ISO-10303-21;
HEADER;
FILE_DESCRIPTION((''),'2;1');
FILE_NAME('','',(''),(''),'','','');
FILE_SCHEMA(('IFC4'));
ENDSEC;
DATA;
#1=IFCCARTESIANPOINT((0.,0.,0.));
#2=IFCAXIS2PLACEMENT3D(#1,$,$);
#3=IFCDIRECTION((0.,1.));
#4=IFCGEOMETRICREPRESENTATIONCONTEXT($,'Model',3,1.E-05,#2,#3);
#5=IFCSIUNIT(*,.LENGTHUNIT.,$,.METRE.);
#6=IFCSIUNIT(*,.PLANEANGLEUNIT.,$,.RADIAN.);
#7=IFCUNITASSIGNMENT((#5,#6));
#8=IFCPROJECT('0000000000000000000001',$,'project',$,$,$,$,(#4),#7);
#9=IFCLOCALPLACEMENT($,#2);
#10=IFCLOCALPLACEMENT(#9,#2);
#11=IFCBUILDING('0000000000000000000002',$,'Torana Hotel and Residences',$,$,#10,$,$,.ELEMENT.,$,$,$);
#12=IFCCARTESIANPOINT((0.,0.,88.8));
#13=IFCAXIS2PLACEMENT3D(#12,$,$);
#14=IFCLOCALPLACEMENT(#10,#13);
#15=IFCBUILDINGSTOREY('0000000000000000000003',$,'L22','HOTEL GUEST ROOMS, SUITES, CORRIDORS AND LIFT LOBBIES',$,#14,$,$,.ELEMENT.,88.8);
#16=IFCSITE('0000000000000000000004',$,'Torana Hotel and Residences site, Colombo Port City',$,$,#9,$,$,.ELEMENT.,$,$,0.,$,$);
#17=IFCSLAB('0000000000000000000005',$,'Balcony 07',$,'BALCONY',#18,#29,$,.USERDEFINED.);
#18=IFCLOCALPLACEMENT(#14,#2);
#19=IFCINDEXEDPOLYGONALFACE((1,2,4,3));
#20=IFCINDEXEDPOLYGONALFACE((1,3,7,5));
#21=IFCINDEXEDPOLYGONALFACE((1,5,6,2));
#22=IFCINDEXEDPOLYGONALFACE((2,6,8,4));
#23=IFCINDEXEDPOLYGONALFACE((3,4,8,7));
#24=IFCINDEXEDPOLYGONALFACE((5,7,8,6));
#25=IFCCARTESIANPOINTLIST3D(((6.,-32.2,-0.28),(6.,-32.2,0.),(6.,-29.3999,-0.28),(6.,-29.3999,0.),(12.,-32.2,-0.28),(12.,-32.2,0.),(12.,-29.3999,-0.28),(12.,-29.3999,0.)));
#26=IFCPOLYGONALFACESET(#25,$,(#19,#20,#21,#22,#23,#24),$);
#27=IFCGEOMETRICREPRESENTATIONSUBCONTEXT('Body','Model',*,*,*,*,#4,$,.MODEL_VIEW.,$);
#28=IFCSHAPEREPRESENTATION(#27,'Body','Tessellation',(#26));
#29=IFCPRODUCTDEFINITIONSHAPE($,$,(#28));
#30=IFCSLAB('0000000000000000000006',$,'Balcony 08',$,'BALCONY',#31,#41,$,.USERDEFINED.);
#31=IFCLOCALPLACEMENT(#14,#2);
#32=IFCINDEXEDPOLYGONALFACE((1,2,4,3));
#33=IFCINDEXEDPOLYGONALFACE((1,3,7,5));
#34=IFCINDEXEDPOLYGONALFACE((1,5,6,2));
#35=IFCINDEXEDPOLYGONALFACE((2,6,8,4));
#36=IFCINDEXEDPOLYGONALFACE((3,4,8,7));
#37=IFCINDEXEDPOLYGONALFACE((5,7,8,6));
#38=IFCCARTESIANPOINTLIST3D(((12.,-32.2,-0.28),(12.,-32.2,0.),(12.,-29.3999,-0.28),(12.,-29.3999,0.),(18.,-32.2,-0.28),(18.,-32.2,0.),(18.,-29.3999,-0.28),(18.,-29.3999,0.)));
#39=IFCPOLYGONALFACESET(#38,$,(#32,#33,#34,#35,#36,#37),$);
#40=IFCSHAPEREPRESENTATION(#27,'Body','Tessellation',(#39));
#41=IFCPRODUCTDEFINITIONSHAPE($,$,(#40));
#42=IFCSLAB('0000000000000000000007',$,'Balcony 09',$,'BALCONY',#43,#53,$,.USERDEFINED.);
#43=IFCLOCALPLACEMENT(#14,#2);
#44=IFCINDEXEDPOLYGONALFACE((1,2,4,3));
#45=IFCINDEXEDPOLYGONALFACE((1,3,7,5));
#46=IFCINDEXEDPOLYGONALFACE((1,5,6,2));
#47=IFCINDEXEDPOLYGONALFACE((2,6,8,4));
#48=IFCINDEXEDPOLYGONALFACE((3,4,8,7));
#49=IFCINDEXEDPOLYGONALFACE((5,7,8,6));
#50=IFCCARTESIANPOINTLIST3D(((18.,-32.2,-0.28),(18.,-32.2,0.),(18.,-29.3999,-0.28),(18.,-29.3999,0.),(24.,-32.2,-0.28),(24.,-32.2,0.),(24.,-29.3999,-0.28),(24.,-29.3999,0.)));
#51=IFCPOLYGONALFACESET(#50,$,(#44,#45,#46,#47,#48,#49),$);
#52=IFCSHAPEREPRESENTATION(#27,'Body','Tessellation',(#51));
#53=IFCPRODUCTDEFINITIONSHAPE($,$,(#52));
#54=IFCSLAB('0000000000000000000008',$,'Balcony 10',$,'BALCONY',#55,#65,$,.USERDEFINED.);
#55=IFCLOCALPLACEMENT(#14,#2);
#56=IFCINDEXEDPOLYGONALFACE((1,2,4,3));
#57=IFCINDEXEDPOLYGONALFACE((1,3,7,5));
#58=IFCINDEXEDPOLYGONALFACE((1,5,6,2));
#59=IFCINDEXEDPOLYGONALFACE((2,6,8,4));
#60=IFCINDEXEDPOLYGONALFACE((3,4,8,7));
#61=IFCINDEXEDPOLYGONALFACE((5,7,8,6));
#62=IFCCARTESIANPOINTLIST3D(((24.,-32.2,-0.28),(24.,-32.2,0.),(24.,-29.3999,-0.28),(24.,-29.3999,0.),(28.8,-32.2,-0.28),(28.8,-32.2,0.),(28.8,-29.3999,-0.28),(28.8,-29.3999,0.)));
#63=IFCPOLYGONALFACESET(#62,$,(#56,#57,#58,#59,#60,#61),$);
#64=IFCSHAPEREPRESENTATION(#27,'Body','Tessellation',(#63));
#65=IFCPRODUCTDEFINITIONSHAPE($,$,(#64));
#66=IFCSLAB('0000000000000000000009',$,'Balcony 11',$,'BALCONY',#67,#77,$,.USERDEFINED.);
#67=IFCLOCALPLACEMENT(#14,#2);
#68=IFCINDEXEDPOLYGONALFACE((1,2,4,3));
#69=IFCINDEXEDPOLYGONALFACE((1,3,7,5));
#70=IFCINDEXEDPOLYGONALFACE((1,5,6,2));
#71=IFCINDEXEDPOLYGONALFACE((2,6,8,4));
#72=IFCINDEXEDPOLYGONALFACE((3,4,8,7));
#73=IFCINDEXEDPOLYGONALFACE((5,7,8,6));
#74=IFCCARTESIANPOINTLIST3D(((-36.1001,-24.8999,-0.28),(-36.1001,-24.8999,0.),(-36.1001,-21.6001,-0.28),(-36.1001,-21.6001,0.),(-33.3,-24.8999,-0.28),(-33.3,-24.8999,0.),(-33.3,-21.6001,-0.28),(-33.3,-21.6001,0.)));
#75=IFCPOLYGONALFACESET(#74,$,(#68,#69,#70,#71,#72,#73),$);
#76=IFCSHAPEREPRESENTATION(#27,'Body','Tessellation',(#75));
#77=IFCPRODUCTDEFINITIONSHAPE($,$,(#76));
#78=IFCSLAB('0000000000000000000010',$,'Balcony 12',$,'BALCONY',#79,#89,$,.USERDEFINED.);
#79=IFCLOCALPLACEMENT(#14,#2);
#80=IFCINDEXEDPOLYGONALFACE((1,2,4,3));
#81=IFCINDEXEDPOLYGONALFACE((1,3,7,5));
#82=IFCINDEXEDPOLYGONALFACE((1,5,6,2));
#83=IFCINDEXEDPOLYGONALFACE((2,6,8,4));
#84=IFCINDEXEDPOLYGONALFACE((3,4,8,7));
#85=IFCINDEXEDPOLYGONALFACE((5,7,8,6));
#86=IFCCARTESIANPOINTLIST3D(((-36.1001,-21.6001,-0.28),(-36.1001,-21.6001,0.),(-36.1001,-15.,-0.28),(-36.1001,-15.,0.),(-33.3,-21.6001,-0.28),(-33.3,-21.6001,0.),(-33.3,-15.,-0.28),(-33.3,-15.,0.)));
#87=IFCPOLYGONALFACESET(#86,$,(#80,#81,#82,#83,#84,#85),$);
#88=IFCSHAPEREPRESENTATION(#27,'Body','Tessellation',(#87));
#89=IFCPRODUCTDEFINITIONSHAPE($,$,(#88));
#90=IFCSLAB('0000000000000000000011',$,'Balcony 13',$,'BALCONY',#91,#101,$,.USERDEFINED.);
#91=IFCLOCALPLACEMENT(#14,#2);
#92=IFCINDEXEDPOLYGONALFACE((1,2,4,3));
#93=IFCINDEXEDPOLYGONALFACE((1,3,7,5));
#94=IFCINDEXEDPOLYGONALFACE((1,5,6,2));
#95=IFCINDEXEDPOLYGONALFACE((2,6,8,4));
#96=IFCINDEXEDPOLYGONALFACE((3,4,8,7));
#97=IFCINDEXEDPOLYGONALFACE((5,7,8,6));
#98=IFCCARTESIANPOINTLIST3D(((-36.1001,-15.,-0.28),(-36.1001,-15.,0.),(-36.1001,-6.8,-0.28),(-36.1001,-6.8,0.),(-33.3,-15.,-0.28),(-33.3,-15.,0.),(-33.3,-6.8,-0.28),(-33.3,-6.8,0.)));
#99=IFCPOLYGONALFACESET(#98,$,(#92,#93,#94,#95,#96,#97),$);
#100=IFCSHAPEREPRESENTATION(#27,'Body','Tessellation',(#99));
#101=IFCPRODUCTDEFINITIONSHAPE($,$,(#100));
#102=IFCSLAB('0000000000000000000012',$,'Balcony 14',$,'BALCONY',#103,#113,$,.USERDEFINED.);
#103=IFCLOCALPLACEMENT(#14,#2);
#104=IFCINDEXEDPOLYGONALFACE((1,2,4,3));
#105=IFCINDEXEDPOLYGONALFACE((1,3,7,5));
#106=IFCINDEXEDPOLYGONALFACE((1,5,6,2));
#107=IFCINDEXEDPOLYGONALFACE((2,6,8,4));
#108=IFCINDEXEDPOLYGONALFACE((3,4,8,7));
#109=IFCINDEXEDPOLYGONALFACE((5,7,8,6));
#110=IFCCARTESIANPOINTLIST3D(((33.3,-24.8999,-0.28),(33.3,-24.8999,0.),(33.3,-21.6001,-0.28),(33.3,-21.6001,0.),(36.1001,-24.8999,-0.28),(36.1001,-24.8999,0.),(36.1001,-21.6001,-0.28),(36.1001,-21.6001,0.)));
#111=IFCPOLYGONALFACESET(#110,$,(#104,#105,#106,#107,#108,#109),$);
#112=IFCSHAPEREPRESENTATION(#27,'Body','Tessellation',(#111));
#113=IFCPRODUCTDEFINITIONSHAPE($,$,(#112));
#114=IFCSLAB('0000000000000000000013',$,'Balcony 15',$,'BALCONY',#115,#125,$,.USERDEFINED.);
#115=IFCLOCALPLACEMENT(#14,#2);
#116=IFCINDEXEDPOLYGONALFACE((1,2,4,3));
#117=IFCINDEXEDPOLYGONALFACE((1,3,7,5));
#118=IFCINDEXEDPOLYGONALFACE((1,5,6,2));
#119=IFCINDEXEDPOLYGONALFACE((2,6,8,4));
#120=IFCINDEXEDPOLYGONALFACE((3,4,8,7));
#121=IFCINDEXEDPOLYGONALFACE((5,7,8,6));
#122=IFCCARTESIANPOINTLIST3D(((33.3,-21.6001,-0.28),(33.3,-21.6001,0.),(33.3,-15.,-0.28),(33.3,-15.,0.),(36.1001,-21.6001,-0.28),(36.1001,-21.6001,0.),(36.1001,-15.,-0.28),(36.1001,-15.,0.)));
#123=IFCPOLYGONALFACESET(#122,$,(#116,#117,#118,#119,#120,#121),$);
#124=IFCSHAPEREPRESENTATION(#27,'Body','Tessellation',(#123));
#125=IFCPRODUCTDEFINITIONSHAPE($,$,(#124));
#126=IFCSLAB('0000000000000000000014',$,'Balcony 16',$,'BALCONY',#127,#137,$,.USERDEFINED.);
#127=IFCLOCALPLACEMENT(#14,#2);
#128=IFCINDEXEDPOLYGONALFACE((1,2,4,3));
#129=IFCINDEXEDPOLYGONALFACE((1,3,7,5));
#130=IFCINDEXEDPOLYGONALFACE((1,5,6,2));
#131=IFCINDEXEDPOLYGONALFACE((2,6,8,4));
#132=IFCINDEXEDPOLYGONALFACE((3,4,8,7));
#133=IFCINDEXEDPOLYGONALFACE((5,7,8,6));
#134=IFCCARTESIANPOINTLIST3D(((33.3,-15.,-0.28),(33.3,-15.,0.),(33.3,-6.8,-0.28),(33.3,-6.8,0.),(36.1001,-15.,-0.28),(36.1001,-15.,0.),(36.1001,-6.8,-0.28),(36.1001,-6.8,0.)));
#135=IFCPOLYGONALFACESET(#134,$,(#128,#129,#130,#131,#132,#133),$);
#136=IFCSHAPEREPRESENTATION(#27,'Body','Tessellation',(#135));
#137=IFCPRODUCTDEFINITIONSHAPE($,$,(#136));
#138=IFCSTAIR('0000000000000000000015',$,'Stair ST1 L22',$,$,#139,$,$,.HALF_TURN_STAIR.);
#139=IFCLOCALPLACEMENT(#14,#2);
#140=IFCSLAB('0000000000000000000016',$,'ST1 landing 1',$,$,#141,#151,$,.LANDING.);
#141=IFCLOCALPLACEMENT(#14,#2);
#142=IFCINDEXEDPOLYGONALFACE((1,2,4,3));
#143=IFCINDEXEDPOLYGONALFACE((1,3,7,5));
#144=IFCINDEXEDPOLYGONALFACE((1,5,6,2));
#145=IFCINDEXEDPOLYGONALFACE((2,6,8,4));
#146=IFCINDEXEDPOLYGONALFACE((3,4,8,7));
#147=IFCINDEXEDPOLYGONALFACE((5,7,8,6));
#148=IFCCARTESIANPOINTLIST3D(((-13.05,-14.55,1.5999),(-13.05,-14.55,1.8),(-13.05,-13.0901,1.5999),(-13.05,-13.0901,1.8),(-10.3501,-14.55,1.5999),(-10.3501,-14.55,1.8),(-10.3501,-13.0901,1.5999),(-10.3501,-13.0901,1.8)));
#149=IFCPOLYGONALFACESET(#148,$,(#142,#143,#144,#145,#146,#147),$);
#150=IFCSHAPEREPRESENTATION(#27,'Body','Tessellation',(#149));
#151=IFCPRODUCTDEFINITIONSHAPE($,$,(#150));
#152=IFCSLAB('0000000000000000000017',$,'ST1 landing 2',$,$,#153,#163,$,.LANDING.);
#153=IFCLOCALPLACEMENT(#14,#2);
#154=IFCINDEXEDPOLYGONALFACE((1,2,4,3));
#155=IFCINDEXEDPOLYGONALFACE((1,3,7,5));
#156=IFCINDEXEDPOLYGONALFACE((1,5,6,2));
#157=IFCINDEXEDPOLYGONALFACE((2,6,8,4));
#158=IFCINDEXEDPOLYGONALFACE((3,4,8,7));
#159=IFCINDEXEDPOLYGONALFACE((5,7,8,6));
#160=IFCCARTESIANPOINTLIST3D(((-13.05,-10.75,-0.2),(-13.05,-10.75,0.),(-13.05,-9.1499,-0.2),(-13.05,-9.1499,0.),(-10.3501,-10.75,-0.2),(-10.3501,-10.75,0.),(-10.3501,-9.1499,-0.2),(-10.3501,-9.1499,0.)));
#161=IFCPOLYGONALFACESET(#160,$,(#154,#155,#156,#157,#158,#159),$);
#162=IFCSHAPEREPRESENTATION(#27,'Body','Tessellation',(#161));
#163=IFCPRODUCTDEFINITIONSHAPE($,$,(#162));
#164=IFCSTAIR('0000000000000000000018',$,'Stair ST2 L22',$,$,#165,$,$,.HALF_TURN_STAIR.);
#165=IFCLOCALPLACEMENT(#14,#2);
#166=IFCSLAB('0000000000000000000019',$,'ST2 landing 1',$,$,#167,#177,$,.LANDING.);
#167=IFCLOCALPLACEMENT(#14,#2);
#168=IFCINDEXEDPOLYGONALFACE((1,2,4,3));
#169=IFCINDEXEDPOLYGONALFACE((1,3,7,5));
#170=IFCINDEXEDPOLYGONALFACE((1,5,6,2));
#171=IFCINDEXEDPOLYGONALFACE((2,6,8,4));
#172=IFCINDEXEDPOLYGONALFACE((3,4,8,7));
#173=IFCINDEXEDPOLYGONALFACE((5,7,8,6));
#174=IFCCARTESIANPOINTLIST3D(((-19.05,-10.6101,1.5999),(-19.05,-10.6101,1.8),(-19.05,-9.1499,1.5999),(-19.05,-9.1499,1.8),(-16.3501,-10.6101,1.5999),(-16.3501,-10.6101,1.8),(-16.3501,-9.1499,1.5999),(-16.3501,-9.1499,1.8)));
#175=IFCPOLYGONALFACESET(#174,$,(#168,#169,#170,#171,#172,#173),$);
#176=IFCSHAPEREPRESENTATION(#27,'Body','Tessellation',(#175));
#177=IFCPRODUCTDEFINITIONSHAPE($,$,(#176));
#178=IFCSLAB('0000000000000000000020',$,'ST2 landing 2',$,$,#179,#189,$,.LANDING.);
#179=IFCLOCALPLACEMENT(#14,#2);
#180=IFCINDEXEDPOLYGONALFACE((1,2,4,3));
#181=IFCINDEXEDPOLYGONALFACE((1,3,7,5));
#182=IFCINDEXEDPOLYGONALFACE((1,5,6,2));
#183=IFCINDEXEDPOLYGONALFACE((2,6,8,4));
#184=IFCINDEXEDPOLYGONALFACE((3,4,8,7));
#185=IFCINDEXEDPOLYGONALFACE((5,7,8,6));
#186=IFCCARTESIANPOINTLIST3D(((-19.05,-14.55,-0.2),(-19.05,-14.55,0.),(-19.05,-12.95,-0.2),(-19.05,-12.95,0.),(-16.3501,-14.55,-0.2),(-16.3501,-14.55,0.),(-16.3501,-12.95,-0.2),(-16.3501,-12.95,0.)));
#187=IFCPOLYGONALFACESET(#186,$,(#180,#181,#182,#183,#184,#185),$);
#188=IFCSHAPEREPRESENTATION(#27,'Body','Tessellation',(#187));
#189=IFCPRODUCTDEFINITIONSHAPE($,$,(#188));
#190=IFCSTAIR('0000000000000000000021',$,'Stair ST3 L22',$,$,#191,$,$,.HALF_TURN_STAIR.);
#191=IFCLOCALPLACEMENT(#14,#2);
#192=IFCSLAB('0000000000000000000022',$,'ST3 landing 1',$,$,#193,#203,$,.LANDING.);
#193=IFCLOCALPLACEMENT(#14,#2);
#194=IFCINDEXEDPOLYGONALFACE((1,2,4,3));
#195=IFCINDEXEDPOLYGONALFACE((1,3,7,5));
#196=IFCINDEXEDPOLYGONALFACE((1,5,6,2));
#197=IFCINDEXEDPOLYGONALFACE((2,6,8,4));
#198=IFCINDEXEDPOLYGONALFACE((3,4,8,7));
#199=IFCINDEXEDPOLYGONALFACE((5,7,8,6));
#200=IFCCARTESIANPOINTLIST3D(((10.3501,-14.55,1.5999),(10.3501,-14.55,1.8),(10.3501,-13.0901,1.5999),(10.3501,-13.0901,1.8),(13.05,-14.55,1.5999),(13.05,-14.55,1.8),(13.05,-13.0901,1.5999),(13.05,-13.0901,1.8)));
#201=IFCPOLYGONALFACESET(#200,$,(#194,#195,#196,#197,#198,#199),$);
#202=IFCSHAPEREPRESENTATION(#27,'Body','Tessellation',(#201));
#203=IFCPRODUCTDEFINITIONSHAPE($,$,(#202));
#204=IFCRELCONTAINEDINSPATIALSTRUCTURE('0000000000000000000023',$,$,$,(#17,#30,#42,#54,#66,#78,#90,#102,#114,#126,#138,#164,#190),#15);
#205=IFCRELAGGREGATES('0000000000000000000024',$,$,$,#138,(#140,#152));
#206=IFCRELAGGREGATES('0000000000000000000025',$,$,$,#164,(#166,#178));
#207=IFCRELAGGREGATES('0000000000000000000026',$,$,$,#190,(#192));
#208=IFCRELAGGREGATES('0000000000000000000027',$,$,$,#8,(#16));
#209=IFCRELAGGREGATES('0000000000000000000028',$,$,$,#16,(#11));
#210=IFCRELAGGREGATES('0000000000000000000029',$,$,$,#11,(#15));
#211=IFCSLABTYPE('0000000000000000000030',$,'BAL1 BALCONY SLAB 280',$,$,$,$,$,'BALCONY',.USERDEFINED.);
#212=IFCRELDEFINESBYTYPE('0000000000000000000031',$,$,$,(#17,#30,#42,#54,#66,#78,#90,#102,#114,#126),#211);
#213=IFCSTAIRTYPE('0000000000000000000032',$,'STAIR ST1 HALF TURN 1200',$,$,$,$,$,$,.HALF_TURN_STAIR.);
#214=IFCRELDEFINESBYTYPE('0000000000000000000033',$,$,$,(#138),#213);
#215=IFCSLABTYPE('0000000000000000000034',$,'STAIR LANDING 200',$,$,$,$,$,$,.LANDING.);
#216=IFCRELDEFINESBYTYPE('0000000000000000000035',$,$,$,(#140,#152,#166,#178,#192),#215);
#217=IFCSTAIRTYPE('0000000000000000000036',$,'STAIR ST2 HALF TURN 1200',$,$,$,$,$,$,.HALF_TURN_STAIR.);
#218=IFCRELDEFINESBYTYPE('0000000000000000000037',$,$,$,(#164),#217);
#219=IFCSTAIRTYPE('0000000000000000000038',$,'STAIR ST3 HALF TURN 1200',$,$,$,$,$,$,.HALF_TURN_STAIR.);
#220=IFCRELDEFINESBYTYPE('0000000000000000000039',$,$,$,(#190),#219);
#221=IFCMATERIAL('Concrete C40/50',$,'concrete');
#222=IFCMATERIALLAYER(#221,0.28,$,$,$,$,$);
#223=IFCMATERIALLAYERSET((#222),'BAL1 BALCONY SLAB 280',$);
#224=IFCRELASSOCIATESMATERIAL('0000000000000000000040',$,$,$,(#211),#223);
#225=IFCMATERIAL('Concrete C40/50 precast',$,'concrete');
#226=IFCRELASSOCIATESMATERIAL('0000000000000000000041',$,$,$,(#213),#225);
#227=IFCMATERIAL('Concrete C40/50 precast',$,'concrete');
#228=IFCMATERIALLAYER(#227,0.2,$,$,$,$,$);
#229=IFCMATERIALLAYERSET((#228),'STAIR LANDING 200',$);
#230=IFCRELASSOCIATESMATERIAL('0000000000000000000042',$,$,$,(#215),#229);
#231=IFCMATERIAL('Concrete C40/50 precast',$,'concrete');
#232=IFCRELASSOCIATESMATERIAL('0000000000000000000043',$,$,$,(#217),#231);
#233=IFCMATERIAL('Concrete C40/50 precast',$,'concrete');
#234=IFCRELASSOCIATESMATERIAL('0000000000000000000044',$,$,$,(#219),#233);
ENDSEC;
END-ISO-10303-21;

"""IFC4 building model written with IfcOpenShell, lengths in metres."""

from ifc_helpers import new_model, si_unit, direction, frame, origin, place, context, subcontext, project, spatial, polyline, outline, extrude, material, layer, layer_set, type_object, element, aggregate, save


model = new_model("IFC4")

# Units and contexts
model_context = context("Model", 3, precision=1e-05, world=origin(), true_north=direction((0.0, 1.0)))
body_context = subcontext(model_context, "Body", "Model", "MODEL_VIEW")
ifc_project = project(units=[si_unit("LENGTHUNIT", "METRE"), si_unit("PLANEANGLEUNIT", "RADIAN")], contexts=[model_context])

# Site, building, storey
site_placement = place(None, origin())
site = spatial("IfcSite", under=ifc_project, at=site_placement, Name="Torana Hotel and Residences site, Colombo Port City", CompositionType="ELEMENT", RefElevation=0.0)
building_placement = place(site_placement, origin())
building = spatial("IfcBuilding", under=site, at=building_placement, Name="Torana Hotel and Residences", CompositionType="ELEMENT")
storey_placement = place(building_placement, frame((0.0, 0.0, 88.8)))
storey = spatial("IfcBuildingStorey", under=building, at=storey_placement, Name="L22", Description="HOTEL GUEST ROOMS, SUITES, CORRIDORS AND LIFT LOBBIES", CompositionType="ELEMENT", Elevation=88.8)

# Slabs
ifc_material_1 = material(Name="Concrete C40/50", Category="concrete")
ifc_layer_1 = layer(ifc_material_1, 0.28)
ifc_layer_set_1 = layer_set([ifc_layer_1], Name="BAL1 BALCONY SLAB 280")
slab_type_1 = type_object("IfcSlabType", Name="BAL1 BALCONY SLAB 280", ElementType="BALCONY", PredefinedType="USERDEFINED", material=ifc_layer_set_1)
slab_1_placement = place(storey_placement, frame((0.0, 0.0, -0.28)))
element("IfcSlab", 1, at=slab_1_placement, inside=storey, type_object=slab_type_1, Name="Balcony 07", ObjectType="BALCONY", PredefinedType="USERDEFINED", context=body_context, shape_type="SweptSolid", body=[
    extrude(outline(polyline([(6.0, -32.2), (12.0, -32.2), (12.0, -29.3999), (6.0, -29.3999), (6.0, -32.2)])), origin(), (0.0, 0.0, 1.0), 0.28),
])
slab_2_placement = place(storey_placement, frame((0.0, 0.0, -0.28)))
element("IfcSlab", 2, at=slab_2_placement, inside=storey, type_object=slab_type_1, Name="Balcony 08", ObjectType="BALCONY", PredefinedType="USERDEFINED", context=body_context, shape_type="SweptSolid", body=[
    extrude(outline(polyline([(12.0, -32.2), (18.0, -32.2), (18.0, -29.3999), (12.0, -29.3999), (12.0, -32.2)])), origin(), (0.0, 0.0, 1.0), 0.28),
])
slab_3_placement = place(storey_placement, frame((0.0, 0.0, -0.28)))
element("IfcSlab", 3, at=slab_3_placement, inside=storey, type_object=slab_type_1, Name="Balcony 09", ObjectType="BALCONY", PredefinedType="USERDEFINED", context=body_context, shape_type="SweptSolid", body=[
    extrude(outline(polyline([(18.0, -32.2), (24.0, -32.2), (24.0, -29.3999), (18.0, -29.3999), (18.0, -32.2)])), origin(), (0.0, 0.0, 1.0), 0.28),
])
slab_4_placement = place(storey_placement, frame((0.0, 0.0, -0.28)))
element("IfcSlab", 4, at=slab_4_placement, inside=storey, type_object=slab_type_1, Name="Balcony 10", ObjectType="BALCONY", PredefinedType="USERDEFINED", context=body_context, shape_type="SweptSolid", body=[
    extrude(outline(polyline([(24.0, -32.2), (28.8, -32.2), (28.8, -29.3999), (24.0, -29.3999), (24.0, -32.2)])), origin(), (0.0, 0.0, 1.0), 0.28),
])
slab_5_placement = place(storey_placement, frame((0.0, 0.0, -0.28)))
element("IfcSlab", 5, at=slab_5_placement, inside=storey, type_object=slab_type_1, Name="Balcony 11", ObjectType="BALCONY", PredefinedType="USERDEFINED", context=body_context, shape_type="SweptSolid", body=[
    extrude(outline(polyline([(-36.1001, -24.8999), (-33.3, -24.8999), (-33.3, -21.6001), (-36.1001, -21.6001), (-36.1001, -24.8999)])), origin(), (0.0, 0.0, 1.0), 0.28),
])
slab_6_placement = place(storey_placement, frame((0.0, 0.0, -0.28)))
element("IfcSlab", 6, at=slab_6_placement, inside=storey, type_object=slab_type_1, Name="Balcony 12", ObjectType="BALCONY", PredefinedType="USERDEFINED", context=body_context, shape_type="SweptSolid", body=[
    extrude(outline(polyline([(-36.1001, -21.6001), (-33.3, -21.6001), (-33.3, -15.0), (-36.1001, -15.0), (-36.1001, -21.6001)])), origin(), (0.0, 0.0, 1.0), 0.28),
])
slab_7_placement = place(storey_placement, frame((0.0, 0.0, -0.28)))
element("IfcSlab", 7, at=slab_7_placement, inside=storey, type_object=slab_type_1, Name="Balcony 13", ObjectType="BALCONY", PredefinedType="USERDEFINED", context=body_context, shape_type="SweptSolid", body=[
    extrude(outline(polyline([(-36.1001, -15.0), (-33.3, -15.0), (-33.3, -6.8), (-36.1001, -6.8), (-36.1001, -15.0)])), origin(), (0.0, 0.0, 1.0), 0.28),
])
slab_8_placement = place(storey_placement, frame((0.0, 0.0, -0.28)))
element("IfcSlab", 8, at=slab_8_placement, inside=storey, type_object=slab_type_1, Name="Balcony 14", ObjectType="BALCONY", PredefinedType="USERDEFINED", context=body_context, shape_type="SweptSolid", body=[
    extrude(outline(polyline([(33.3, -24.8999), (36.1001, -24.8999), (36.1001, -21.6001), (33.3, -21.6001), (33.3, -24.8999)])), origin(), (0.0, 0.0, 1.0), 0.28),
])
slab_9_placement = place(storey_placement, frame((0.0, 0.0, -0.28)))
element("IfcSlab", 9, at=slab_9_placement, inside=storey, type_object=slab_type_1, Name="Balcony 15", ObjectType="BALCONY", PredefinedType="USERDEFINED", context=body_context, shape_type="SweptSolid", body=[
    extrude(outline(polyline([(33.3, -21.6001), (36.1001, -21.6001), (36.1001, -15.0), (33.3, -15.0), (33.3, -21.6001)])), origin(), (0.0, 0.0, 1.0), 0.28),
])
slab_10_placement = place(storey_placement, frame((0.0, 0.0, -0.28)))
element("IfcSlab", 10, at=slab_10_placement, inside=storey, type_object=slab_type_1, Name="Balcony 16", ObjectType="BALCONY", PredefinedType="USERDEFINED", context=body_context, shape_type="SweptSolid", body=[
    extrude(outline(polyline([(33.3, -15.0), (36.1001, -15.0), (36.1001, -6.8), (33.3, -6.8), (33.3, -15.0)])), origin(), (0.0, 0.0, 1.0), 0.28),
])

# Stairs, slabs
ifc_material_2 = material(Name="Concrete C40/50 precast", Category="concrete")
stair_type_1 = type_object("IfcStairType", Name="STAIR ST1 HALF TURN 1200", PredefinedType="HALF_TURN_STAIR", material=ifc_material_2)
stair_1_placement = place(storey_placement, origin())
stair_1 = element("IfcStair", 11, at=stair_1_placement, inside=storey, type_object=stair_type_1, Name="Stair ST1 L22", PredefinedType="HALF_TURN_STAIR")
ifc_material_3 = material(Name="Concrete C40/50 precast", Category="concrete")
ifc_layer_2 = layer(ifc_material_3, 0.2)
ifc_layer_set_2 = layer_set([ifc_layer_2], Name="STAIR LANDING 200")
slab_type_2 = type_object("IfcSlabType", Name="STAIR LANDING 200", PredefinedType="LANDING", material=ifc_layer_set_2)
slab_11_placement = place(storey_placement, frame((0.0, 0.0, 1.5999)))
slab_11 = element("IfcSlab", 12, at=slab_11_placement, type_object=slab_type_2, Name="ST1 landing 1", PredefinedType="LANDING", context=body_context, shape_type="SweptSolid", body=[
    extrude(outline(polyline([(-13.05, -14.55), (-10.3501, -14.55), (-10.3501, -13.0901), (-13.05, -13.0901), (-13.05, -14.55)])), origin(), (0.0, 0.0, 1.0), 0.2002),
])
slab_12_placement = place(storey_placement, frame((0.0, 0.0, -0.2)))
slab_12 = element("IfcSlab", 13, at=slab_12_placement, type_object=slab_type_2, Name="ST1 landing 2", PredefinedType="LANDING", context=body_context, shape_type="SweptSolid", body=[
    extrude(outline(polyline([(-13.05, -10.75), (-10.3501, -10.75), (-10.3501, -9.1499), (-13.05, -9.1499), (-13.05, -10.75)])), origin(), (0.0, 0.0, 1.0), 0.2),
])
aggregate(stair_1, [slab_11, slab_12])
ifc_material_4 = material(Name="Concrete C40/50 precast", Category="concrete")
stair_type_2 = type_object("IfcStairType", Name="STAIR ST2 HALF TURN 1200", PredefinedType="HALF_TURN_STAIR", material=ifc_material_4)
stair_2_placement = place(storey_placement, origin())
stair_2 = element("IfcStair", 14, at=stair_2_placement, inside=storey, type_object=stair_type_2, Name="Stair ST2 L22", PredefinedType="HALF_TURN_STAIR")
slab_13_placement = place(storey_placement, frame((0.0, 0.0, 1.5999)))
slab_13 = element("IfcSlab", 15, at=slab_13_placement, type_object=slab_type_2, Name="ST2 landing 1", PredefinedType="LANDING", context=body_context, shape_type="SweptSolid", body=[
    extrude(outline(polyline([(-19.05, -10.6101), (-16.3501, -10.6101), (-16.3501, -9.1499), (-19.05, -9.1499), (-19.05, -10.6101)])), origin(), (0.0, 0.0, 1.0), 0.2002),
])
slab_14_placement = place(storey_placement, frame((0.0, 0.0, -0.2)))
slab_14 = element("IfcSlab", 16, at=slab_14_placement, type_object=slab_type_2, Name="ST2 landing 2", PredefinedType="LANDING", context=body_context, shape_type="SweptSolid", body=[
    extrude(outline(polyline([(-19.05, -14.55), (-16.3501, -14.55), (-16.3501, -12.95), (-19.05, -12.95), (-19.05, -14.55)])), origin(), (0.0, 0.0, 1.0), 0.2),
])
aggregate(stair_2, [slab_13, slab_14])
ifc_material_5 = material(Name="Concrete C40/50 precast", Category="concrete")
stair_type_3 = type_object("IfcStairType", Name="STAIR ST3 HALF TURN 1200", PredefinedType="HALF_TURN_STAIR", material=ifc_material_5)
stair_3_placement = place(storey_placement, origin())
stair_3 = element("IfcStair", 17, at=stair_3_placement, inside=storey, type_object=stair_type_3, Name="Stair ST3 L22", PredefinedType="HALF_TURN_STAIR")
slab_15_placement = place(storey_placement, frame((0.0, 0.0, 1.5999)))
slab_15 = element("IfcSlab", 18, at=slab_15_placement, type_object=slab_type_2, Name="ST3 landing 1", PredefinedType="LANDING", context=body_context, shape_type="SweptSolid", body=[
    extrude(outline(polyline([(10.3501, -14.55), (13.05, -14.55), (13.05, -13.0901), (10.3501, -13.0901), (10.3501, -14.55)])), origin(), (0.0, 0.0, 1.0), 0.2002),
])
aggregate(stair_3, [slab_15])

save(model, "model.ifc")
